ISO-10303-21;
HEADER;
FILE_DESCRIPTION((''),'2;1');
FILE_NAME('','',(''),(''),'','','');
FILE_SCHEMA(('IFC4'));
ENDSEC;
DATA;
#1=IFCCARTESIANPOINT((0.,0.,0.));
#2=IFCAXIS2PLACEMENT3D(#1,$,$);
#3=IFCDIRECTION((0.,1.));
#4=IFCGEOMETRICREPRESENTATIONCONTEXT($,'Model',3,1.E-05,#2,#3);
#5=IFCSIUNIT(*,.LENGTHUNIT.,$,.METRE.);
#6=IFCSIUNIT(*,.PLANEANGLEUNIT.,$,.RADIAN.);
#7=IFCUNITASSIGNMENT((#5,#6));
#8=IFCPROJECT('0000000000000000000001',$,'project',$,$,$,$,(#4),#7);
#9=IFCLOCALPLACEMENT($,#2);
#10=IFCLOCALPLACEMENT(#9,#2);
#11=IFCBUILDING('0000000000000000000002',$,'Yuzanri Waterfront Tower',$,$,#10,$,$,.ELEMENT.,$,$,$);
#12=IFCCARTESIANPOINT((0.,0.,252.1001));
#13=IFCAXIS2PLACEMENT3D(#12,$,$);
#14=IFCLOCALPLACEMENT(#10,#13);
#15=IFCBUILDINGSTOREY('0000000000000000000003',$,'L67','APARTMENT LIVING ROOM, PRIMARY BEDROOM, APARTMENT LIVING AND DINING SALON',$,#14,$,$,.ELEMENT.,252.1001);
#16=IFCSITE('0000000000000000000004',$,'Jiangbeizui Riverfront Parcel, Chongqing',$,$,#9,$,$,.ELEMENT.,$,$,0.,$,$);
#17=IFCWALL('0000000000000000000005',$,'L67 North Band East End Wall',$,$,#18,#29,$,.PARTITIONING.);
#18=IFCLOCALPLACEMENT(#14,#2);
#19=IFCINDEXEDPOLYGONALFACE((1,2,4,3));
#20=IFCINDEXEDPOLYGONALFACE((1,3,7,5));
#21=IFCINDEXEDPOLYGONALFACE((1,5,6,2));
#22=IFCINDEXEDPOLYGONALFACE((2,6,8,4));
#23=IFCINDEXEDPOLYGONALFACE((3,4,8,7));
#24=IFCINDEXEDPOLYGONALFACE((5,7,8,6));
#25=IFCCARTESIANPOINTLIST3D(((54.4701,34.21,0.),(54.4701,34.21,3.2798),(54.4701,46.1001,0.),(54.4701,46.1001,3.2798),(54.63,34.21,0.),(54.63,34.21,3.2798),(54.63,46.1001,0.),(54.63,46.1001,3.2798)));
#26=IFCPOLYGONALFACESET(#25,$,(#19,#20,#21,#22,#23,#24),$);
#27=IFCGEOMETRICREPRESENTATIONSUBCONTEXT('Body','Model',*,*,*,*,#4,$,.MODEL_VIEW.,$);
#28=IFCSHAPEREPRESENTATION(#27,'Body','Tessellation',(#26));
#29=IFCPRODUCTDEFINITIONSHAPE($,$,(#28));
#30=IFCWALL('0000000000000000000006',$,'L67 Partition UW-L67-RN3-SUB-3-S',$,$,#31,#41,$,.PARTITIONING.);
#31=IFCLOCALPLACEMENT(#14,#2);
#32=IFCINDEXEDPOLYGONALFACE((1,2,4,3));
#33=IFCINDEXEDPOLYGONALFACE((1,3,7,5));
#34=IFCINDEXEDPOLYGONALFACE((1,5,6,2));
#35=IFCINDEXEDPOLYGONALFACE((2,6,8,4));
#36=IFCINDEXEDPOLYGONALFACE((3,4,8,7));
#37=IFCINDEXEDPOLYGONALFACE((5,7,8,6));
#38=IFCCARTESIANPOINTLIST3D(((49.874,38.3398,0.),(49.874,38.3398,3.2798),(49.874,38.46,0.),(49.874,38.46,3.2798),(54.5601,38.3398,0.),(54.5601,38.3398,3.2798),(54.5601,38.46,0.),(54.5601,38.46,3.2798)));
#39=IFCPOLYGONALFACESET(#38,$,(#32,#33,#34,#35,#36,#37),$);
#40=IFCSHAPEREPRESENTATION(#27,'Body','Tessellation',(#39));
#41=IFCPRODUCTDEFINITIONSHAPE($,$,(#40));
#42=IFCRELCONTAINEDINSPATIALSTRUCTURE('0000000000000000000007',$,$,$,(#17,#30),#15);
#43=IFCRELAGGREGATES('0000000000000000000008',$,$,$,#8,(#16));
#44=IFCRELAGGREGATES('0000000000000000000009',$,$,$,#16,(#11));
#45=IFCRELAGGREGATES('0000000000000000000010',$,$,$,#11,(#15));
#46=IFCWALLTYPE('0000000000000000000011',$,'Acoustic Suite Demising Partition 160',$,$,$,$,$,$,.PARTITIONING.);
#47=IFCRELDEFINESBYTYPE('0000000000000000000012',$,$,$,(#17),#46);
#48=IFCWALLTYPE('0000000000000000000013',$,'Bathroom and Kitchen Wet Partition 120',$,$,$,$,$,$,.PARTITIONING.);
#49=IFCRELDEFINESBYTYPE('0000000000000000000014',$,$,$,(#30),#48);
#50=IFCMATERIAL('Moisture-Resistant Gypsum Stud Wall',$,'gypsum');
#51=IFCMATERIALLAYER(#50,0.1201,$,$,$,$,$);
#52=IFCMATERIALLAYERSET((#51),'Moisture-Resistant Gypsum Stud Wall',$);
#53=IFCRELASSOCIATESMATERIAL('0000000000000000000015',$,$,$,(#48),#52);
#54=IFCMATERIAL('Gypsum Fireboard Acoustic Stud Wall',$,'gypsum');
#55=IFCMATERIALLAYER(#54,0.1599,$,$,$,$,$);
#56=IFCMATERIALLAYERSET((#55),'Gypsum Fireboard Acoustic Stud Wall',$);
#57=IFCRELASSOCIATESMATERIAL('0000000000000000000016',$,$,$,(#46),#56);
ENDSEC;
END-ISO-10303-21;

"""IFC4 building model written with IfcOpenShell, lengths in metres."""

from ifc_helpers import new_model, si_unit, direction, frame, frame_2d, origin, place, context, subcontext, project, spatial, rectangle, extrude, source, transform, mapped, material, layer, layer_set, type_object, element, save


model = new_model("IFC4")

# Units and contexts
model_context = context("Model", 3, precision=1e-05, world=origin(), true_north=direction((0.0, 1.0)))
body_context = subcontext(model_context, "Body", "Model", "MODEL_VIEW")
ifc_project = project(units=[si_unit("LENGTHUNIT", "METRE"), si_unit("PLANEANGLEUNIT", "RADIAN")], contexts=[model_context])

# Site, building, storey
site_placement = place(None, origin())
site = spatial("IfcSite", under=ifc_project, at=site_placement, Name="Jiangbeizui Riverfront Parcel, Chongqing", CompositionType="ELEMENT", RefElevation=0.0)
building_placement = place(site_placement, origin())
building = spatial("IfcBuilding", under=site, at=building_placement, Name="Yuzanri Waterfront Tower", CompositionType="ELEMENT")
storey_placement = place(building_placement, frame((0.0, 0.0, 252.1001)))
storey = spatial("IfcBuildingStorey", under=building, at=storey_placement, Name="L67", Description="APARTMENT LIVING ROOM, PRIMARY BEDROOM, APARTMENT LIVING AND DINING SALON", CompositionType="ELEMENT", Elevation=252.1001)

# Shared definitions
ifc_material_1 = material(Name="Moisture-Resistant Gypsum Stud Wall", Category="gypsum")
ifc_layer_1 = layer(ifc_material_1, 0.1201)
ifc_layer_set_1 = layer_set([ifc_layer_1], Name="Moisture-Resistant Gypsum Stud Wall")
wall_type_1 = type_object("IfcWallType", Name="Bathroom and Kitchen Wet Partition 120", PredefinedType="PARTITIONING", material=ifc_layer_set_1)

# Walls
ifc_material_2 = material(Name="Gypsum Fireboard Acoustic Stud Wall", Category="gypsum")
ifc_layer_2 = layer(ifc_material_2, 0.1599)
ifc_layer_set_2 = layer_set([ifc_layer_2], Name="Gypsum Fireboard Acoustic Stud Wall")
wall_type_2 = type_object("IfcWallType", Name="Acoustic Suite Demising Partition 160", PredefinedType="PARTITIONING", material=ifc_layer_set_2)
shared_shape_1 = source(origin(), body_context, "Body", "SweptSolid", [
    extrude(rectangle(XDim=11.8901, YDim=0.1599, at=frame_2d((5.9451, 0.0))), origin(), (0.0, 0.0, 1.0), 3.2798),
])
wall_1_placement = place(storey_placement, frame((54.55, 34.21, 0.0), z_axis=(0.0, 0.0, 1.0), x_axis=(0.0, 1.0, 0.0)))
element("IfcWall", 1, at=wall_1_placement, inside=storey, type_object=wall_type_2, Name="L67 North Band East End Wall", PredefinedType="PARTITIONING", context=body_context, shape_type="MappedRepresentation", body=[
    mapped(shared_shape_1, transform((0.0, 0.0, 0.0), scale=1.0)),
])
shared_shape_2 = source(origin(), body_context, "Body", "SweptSolid", [
    extrude(rectangle(XDim=4.686, YDim=0.1201, at=frame_2d((2.343, 0.0))), origin(), (0.0, 0.0, 1.0), 3.2798),
])
wall_2_placement = place(storey_placement, frame((49.874, 38.3999, 0.0), z_axis=(0.0, 0.0, 1.0), x_axis=(1.0, 0.0, 0.0)))
element("IfcWall", 2, at=wall_2_placement, inside=storey, type_object=wall_type_1, Name="L67 Partition UW-L67-RN3-SUB-3-S", PredefinedType="PARTITIONING", context=body_context, shape_type="MappedRepresentation", body=[
    mapped(shared_shape_2, transform((0.0, 0.0, 0.0), scale=1.0)),
])

save(model, "model.ifc")
